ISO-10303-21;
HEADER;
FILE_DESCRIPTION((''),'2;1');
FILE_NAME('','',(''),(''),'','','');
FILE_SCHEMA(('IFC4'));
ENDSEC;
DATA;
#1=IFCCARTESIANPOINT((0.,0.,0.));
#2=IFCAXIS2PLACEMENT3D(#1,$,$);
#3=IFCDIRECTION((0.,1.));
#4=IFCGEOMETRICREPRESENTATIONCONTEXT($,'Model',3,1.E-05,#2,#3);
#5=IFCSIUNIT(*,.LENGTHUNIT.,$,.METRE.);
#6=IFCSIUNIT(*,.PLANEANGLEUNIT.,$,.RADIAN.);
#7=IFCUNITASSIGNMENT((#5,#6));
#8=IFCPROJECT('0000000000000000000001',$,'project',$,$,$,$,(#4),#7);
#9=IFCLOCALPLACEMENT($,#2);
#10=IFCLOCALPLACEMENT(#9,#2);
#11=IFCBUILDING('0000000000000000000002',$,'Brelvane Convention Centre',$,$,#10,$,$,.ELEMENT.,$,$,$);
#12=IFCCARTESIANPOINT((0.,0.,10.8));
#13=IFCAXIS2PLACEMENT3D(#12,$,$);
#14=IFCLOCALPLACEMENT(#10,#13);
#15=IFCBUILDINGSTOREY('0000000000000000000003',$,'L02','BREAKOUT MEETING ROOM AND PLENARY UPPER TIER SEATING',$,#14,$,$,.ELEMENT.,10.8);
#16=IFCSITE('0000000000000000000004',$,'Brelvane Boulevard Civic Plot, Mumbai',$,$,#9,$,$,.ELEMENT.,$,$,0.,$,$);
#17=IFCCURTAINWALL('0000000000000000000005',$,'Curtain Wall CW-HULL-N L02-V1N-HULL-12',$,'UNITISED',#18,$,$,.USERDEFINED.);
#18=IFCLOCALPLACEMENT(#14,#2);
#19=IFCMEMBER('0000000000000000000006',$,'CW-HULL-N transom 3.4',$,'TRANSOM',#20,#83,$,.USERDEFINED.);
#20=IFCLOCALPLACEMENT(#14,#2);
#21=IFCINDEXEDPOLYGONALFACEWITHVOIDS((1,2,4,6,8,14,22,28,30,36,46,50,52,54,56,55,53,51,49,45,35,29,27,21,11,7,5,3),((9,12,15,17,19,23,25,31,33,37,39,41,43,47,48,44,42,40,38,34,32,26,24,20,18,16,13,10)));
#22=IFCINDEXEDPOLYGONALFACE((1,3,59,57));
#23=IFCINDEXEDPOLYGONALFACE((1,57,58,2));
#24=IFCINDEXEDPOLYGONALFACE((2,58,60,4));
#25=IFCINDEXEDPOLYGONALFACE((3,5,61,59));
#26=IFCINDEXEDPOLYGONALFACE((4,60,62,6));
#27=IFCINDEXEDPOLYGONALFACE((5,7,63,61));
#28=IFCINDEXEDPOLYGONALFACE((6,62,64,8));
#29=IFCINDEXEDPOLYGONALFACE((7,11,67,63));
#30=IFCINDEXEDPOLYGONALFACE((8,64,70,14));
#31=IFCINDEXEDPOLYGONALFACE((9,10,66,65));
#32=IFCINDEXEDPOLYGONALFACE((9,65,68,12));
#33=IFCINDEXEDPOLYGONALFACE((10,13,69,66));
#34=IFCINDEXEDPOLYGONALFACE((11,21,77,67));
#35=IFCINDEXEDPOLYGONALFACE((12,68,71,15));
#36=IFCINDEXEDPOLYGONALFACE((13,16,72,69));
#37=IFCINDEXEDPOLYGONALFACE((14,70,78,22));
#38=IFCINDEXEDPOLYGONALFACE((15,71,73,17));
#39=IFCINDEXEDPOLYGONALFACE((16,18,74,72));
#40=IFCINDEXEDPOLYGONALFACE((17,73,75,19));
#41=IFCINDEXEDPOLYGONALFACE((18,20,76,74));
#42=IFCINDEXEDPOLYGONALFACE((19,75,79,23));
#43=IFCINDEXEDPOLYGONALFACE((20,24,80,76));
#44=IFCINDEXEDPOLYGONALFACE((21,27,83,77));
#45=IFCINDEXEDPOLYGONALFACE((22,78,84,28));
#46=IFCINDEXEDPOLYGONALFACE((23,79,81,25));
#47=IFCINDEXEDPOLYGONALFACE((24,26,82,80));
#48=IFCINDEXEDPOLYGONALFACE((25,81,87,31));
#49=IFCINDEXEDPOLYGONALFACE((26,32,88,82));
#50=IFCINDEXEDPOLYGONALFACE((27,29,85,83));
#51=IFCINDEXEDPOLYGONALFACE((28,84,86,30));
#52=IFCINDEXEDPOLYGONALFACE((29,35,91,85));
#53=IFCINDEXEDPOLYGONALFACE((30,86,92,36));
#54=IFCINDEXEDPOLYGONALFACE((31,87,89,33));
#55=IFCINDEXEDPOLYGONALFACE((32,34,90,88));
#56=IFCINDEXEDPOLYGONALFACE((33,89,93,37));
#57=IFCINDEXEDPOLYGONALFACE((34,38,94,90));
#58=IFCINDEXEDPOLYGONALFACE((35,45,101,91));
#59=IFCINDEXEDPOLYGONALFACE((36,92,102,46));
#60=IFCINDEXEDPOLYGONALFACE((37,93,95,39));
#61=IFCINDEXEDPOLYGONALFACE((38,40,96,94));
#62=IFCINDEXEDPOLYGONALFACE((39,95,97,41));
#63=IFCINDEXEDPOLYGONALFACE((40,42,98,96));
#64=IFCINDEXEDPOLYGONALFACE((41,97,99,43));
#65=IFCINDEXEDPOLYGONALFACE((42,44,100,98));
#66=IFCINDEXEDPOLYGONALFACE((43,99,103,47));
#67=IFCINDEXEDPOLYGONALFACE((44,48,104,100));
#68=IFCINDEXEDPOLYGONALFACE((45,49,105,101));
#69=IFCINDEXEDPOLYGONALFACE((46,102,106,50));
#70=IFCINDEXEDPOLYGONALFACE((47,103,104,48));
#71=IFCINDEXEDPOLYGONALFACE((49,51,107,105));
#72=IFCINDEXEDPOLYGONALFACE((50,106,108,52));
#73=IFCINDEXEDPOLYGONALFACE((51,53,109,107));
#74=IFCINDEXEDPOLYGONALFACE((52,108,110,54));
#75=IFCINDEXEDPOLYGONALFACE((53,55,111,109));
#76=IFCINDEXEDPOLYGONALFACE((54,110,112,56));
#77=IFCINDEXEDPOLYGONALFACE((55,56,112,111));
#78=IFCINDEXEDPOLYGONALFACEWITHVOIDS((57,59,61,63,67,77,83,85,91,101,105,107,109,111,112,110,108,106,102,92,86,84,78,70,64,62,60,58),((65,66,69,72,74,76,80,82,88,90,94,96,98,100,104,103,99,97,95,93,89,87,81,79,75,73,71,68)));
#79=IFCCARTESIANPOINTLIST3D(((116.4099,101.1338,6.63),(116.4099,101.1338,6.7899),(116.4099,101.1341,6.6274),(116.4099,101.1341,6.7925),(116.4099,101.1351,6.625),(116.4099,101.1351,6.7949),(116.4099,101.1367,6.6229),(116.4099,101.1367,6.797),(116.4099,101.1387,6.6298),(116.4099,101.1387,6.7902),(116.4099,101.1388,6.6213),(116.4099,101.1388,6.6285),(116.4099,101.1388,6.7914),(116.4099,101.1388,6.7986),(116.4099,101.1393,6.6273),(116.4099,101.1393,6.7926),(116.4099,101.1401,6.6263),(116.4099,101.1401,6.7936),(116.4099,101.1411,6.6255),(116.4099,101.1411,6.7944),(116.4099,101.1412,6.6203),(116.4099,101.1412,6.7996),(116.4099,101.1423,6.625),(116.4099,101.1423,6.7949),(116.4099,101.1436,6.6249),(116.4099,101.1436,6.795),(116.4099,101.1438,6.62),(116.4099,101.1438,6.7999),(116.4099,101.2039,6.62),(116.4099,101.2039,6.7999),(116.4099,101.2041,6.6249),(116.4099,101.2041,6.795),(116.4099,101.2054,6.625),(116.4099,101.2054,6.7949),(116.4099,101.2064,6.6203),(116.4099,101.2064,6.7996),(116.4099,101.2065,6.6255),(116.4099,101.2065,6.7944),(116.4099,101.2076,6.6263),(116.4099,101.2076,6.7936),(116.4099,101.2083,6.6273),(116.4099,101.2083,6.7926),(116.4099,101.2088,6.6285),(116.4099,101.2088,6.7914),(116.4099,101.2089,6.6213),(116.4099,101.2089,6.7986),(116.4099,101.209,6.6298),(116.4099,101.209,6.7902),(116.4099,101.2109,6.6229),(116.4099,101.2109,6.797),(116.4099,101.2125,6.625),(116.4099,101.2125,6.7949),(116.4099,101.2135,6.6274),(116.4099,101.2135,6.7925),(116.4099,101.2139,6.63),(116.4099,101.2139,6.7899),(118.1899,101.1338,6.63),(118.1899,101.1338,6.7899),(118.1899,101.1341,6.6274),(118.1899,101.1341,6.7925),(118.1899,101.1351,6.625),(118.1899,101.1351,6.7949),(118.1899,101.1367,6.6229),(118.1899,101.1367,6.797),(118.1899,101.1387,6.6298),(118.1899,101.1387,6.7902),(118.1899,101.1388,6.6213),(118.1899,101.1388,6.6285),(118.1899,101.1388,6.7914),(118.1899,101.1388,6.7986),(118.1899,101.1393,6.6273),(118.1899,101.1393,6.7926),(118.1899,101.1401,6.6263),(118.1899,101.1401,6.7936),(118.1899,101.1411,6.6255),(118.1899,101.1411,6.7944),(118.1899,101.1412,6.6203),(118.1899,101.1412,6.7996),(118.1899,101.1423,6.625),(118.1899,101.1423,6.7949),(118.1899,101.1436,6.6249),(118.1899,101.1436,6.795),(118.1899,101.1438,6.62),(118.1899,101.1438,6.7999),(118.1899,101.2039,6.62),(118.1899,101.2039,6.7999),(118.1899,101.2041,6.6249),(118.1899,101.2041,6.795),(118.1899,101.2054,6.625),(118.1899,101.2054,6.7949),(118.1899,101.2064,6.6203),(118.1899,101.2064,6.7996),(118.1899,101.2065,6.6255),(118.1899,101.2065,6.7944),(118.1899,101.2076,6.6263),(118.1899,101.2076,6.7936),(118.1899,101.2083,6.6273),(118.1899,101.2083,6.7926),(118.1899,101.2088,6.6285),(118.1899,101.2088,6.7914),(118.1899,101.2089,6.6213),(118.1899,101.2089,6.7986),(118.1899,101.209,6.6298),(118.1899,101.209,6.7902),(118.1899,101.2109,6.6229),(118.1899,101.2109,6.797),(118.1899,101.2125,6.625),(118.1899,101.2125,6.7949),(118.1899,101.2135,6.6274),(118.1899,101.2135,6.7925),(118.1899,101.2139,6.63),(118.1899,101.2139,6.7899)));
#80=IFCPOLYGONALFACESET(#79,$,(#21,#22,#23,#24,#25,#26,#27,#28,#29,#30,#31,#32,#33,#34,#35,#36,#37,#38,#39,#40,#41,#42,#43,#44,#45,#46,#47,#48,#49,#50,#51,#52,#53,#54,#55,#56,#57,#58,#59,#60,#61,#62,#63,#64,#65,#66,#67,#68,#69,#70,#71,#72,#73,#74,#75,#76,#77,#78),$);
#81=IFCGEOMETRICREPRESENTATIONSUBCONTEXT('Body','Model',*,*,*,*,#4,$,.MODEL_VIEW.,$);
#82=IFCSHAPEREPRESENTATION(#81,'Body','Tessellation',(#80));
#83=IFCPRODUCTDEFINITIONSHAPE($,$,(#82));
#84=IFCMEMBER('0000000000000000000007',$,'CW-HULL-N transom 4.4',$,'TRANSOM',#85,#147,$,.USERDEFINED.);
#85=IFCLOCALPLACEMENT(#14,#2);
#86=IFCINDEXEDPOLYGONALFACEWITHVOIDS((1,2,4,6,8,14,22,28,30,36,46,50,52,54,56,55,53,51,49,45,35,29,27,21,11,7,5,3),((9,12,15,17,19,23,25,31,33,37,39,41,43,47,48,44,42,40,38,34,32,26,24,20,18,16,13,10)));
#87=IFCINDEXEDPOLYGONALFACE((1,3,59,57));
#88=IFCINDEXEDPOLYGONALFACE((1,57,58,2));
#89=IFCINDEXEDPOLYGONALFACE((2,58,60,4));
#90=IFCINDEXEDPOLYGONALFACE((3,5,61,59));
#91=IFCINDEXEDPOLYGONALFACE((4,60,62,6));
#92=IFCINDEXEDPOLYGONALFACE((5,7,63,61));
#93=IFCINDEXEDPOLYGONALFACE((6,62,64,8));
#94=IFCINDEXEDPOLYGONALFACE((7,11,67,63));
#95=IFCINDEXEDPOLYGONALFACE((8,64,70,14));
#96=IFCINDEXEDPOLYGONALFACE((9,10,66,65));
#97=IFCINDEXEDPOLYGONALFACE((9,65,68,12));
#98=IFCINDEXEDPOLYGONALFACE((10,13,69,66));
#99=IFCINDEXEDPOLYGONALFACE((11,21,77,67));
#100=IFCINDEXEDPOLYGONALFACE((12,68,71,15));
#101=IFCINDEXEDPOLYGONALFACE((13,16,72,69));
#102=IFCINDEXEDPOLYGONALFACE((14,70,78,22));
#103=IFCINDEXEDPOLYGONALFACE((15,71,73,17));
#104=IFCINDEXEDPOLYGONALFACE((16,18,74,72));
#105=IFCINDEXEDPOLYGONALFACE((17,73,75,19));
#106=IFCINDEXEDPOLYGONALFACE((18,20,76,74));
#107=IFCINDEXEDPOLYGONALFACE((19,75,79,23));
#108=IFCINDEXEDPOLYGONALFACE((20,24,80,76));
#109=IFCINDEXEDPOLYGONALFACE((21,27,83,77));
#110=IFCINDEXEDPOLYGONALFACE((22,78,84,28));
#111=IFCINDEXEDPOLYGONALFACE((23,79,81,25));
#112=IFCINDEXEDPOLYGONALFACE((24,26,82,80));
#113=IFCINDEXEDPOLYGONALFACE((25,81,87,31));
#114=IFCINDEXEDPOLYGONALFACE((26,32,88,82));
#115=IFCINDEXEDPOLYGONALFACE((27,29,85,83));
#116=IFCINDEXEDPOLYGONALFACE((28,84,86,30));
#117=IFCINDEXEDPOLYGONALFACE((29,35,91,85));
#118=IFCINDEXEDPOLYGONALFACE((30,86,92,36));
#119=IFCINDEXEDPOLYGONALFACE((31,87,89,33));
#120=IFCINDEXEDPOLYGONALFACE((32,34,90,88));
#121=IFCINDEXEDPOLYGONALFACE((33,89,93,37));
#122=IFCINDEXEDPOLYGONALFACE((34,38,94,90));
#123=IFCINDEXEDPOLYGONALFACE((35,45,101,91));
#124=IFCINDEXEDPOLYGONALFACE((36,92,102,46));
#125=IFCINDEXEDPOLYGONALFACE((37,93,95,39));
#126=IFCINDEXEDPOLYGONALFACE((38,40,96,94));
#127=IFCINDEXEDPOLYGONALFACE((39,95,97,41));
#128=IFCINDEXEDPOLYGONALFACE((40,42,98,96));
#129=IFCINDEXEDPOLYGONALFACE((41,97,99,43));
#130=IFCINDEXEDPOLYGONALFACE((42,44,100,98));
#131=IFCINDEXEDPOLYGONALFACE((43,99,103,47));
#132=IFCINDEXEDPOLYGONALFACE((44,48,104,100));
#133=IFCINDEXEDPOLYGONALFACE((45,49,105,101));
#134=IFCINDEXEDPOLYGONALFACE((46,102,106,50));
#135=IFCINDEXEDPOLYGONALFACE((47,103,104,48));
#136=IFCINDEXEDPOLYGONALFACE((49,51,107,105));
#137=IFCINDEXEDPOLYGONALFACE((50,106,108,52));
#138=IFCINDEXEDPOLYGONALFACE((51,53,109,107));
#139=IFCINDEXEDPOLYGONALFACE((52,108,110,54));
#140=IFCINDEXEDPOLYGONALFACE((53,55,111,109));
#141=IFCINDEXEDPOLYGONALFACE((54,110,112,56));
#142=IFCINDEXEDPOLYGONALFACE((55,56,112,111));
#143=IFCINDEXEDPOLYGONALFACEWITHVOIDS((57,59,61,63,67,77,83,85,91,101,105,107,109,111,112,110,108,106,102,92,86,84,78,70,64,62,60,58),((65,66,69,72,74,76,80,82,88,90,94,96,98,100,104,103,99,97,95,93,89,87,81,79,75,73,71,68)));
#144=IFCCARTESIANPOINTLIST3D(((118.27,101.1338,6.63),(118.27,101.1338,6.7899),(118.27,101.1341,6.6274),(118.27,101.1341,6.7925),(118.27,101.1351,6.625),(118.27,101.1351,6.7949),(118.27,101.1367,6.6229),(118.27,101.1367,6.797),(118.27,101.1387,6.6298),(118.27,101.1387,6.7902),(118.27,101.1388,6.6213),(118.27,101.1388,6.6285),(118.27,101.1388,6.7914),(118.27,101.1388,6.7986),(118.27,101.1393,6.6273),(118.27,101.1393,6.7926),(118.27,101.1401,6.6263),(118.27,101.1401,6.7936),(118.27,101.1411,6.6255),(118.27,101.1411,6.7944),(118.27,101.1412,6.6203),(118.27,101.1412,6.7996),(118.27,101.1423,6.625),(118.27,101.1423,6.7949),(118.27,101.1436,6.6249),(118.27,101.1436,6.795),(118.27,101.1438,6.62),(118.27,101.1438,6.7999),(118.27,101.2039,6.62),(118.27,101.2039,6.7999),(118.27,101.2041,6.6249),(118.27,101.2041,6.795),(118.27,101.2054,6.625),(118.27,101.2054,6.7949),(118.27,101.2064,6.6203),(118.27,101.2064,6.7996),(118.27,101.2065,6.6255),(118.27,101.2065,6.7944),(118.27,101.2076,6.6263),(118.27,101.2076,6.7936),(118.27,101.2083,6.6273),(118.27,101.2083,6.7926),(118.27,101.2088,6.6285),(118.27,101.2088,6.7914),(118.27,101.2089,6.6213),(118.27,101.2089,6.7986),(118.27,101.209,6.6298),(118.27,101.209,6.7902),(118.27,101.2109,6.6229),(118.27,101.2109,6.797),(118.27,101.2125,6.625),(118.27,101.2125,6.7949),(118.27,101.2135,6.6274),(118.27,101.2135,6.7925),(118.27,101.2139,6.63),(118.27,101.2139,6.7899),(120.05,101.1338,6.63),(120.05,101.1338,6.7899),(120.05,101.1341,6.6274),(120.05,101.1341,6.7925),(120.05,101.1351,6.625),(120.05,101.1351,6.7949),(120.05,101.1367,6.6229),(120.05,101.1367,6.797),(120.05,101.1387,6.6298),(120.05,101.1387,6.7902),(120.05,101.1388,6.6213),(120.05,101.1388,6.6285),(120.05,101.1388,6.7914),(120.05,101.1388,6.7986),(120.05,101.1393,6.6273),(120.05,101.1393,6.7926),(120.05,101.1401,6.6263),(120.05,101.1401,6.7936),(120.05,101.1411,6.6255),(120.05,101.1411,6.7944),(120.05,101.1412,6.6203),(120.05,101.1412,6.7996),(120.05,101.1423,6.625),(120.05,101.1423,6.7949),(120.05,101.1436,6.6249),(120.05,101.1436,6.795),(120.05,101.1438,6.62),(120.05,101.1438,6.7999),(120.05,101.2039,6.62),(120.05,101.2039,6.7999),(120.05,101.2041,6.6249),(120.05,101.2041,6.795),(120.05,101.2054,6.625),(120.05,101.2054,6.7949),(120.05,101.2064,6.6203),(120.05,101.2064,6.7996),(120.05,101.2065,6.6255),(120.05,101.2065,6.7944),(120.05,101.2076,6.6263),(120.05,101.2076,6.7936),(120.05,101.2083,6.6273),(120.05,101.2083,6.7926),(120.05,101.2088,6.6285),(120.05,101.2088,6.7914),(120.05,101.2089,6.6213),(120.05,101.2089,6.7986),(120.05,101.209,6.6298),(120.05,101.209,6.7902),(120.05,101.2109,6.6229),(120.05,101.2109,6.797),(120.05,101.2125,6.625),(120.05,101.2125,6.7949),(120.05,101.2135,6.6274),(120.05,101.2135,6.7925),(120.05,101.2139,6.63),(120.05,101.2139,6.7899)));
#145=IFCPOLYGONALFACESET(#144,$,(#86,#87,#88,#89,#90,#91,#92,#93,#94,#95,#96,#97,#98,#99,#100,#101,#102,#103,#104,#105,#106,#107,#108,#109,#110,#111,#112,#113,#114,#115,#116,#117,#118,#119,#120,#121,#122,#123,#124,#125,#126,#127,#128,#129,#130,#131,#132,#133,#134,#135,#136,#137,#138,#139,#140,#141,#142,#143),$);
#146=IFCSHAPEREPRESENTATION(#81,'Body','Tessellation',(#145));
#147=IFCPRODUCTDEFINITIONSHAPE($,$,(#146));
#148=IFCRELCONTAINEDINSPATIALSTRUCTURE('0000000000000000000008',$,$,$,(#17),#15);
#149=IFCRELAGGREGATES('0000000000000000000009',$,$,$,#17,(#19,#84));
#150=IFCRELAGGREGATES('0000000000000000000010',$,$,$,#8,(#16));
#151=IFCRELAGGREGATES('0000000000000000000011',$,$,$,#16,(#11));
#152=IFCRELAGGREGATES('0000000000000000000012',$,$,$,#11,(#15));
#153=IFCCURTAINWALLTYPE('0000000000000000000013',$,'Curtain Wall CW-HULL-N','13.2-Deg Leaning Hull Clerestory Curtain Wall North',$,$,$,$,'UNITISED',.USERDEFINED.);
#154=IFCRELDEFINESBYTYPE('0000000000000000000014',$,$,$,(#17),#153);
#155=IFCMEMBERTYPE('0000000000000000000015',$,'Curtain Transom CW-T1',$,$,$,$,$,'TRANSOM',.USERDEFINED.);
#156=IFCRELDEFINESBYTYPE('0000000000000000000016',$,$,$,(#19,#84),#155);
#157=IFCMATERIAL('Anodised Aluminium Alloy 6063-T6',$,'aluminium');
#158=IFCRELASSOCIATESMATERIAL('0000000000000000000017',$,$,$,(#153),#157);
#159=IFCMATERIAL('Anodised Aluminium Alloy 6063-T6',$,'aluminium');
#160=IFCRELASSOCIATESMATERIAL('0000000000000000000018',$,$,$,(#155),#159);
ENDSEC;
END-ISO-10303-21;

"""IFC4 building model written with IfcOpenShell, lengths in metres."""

from ifc_helpers import new_model, si_unit, direction, frame, origin, origin_2d, place, context, subcontext, project, spatial, hollow_rectangle, extrude, material, material_profile, profile_set, type_object, element, aggregate, save


model = new_model("IFC4")

# Units and contexts
model_context = context("Model", 3, precision=1e-05, world=origin(), true_north=direction((0.0, 1.0)))
body_context = subcontext(model_context, "Body", "Model", "MODEL_VIEW")
ifc_project = project(units=[si_unit("LENGTHUNIT", "METRE"), si_unit("PLANEANGLEUNIT", "RADIAN")], contexts=[model_context])

# Site, building, storey
site_placement = place(None, origin())
site = spatial("IfcSite", under=ifc_project, at=site_placement, Name="Brelvane Boulevard Civic Plot, Mumbai", CompositionType="ELEMENT", RefElevation=0.0)
building_placement = place(site_placement, origin())
building = spatial("IfcBuilding", under=site, at=building_placement, Name="Brelvane Convention Centre", CompositionType="ELEMENT")
storey_placement = place(building_placement, frame((0.0, 0.0, 10.8)))
storey = spatial("IfcBuildingStorey", under=building, at=storey_placement, Name="L02", Description="BREAKOUT MEETING ROOM AND PLENARY UPPER TIER SEATING", CompositionType="ELEMENT", Elevation=10.8)

# Curtain wall, members
ifc_material_1 = material(Name="Anodised Aluminium Alloy 6063-T6", Category="aluminium")
curtain_wall_type = type_object("IfcCurtainWallType", Name="Curtain Wall CW-HULL-N", Description="13.2-Deg Leaning Hull Clerestory Curtain Wall North", ElementType="UNITISED", PredefinedType="USERDEFINED", material=ifc_material_1)
ifc_material_2 = material(Name="Anodised Aluminium Alloy 6063-T6", Category="aluminium")
ifc_material_profile_1 = material_profile(ifc_material_2, hollow_rectangle(XDim=0.0801, YDim=0.1799, WallThickness=0.0049, InnerFilletRadius=0.0049, OuterFilletRadius=0.01, at=origin_2d()), Name="ALU-T 180x80x5.0")
ifc_profile_set_1 = profile_set([ifc_material_profile_1], Name="Anodised Aluminium Alloy 6063-T6")
member_type = type_object("IfcMemberType", Name="Curtain Transom CW-T1", ElementType="TRANSOM", PredefinedType="USERDEFINED", material=ifc_profile_set_1)
curtain_wall_1_placement = place(storey_placement, origin())
curtain_wall_1 = element("IfcCurtainWall", 1, at=curtain_wall_1_placement, inside=storey, type_object=curtain_wall_type, Name="Curtain Wall CW-HULL-N L02-V1N-HULL-12", ObjectType="UNITISED", PredefinedType="USERDEFINED")
member_1_placement = place(storey_placement, frame((116.4099, 101.1738, 6.71), z_axis=(1.0, 0.0, 0.0), x_axis=(0.0, 1.0, 0.0)))
member_1 = element("IfcMember", 2, at=member_1_placement, type_object=member_type, Name="CW-HULL-N transom 3.4", ObjectType="TRANSOM", PredefinedType="USERDEFINED", context=body_context, shape_type="SweptSolid", body=[
    extrude(hollow_rectangle(XDim=0.0801, YDim=0.1799, WallThickness=0.0049, InnerFilletRadius=0.0049, OuterFilletRadius=0.01, at=origin_2d()), origin(), (0.0, 0.0, 1.0), 1.78),
])
member_2_placement = place(storey_placement, frame((118.27, 101.1738, 6.71), z_axis=(1.0, 0.0, 0.0), x_axis=(0.0, 1.0, 0.0)))
member_2 = element("IfcMember", 3, at=member_2_placement, type_object=member_type, Name="CW-HULL-N transom 4.4", ObjectType="TRANSOM", PredefinedType="USERDEFINED", context=body_context, shape_type="SweptSolid", body=[
    extrude(hollow_rectangle(XDim=0.0801, YDim=0.1799, WallThickness=0.0049, InnerFilletRadius=0.0049, OuterFilletRadius=0.01, at=origin_2d()), origin(), (0.0, 0.0, 1.0), 1.78),
])

aggregate(curtain_wall_1, [member_1, member_2])

save(model, "model.ifc")
